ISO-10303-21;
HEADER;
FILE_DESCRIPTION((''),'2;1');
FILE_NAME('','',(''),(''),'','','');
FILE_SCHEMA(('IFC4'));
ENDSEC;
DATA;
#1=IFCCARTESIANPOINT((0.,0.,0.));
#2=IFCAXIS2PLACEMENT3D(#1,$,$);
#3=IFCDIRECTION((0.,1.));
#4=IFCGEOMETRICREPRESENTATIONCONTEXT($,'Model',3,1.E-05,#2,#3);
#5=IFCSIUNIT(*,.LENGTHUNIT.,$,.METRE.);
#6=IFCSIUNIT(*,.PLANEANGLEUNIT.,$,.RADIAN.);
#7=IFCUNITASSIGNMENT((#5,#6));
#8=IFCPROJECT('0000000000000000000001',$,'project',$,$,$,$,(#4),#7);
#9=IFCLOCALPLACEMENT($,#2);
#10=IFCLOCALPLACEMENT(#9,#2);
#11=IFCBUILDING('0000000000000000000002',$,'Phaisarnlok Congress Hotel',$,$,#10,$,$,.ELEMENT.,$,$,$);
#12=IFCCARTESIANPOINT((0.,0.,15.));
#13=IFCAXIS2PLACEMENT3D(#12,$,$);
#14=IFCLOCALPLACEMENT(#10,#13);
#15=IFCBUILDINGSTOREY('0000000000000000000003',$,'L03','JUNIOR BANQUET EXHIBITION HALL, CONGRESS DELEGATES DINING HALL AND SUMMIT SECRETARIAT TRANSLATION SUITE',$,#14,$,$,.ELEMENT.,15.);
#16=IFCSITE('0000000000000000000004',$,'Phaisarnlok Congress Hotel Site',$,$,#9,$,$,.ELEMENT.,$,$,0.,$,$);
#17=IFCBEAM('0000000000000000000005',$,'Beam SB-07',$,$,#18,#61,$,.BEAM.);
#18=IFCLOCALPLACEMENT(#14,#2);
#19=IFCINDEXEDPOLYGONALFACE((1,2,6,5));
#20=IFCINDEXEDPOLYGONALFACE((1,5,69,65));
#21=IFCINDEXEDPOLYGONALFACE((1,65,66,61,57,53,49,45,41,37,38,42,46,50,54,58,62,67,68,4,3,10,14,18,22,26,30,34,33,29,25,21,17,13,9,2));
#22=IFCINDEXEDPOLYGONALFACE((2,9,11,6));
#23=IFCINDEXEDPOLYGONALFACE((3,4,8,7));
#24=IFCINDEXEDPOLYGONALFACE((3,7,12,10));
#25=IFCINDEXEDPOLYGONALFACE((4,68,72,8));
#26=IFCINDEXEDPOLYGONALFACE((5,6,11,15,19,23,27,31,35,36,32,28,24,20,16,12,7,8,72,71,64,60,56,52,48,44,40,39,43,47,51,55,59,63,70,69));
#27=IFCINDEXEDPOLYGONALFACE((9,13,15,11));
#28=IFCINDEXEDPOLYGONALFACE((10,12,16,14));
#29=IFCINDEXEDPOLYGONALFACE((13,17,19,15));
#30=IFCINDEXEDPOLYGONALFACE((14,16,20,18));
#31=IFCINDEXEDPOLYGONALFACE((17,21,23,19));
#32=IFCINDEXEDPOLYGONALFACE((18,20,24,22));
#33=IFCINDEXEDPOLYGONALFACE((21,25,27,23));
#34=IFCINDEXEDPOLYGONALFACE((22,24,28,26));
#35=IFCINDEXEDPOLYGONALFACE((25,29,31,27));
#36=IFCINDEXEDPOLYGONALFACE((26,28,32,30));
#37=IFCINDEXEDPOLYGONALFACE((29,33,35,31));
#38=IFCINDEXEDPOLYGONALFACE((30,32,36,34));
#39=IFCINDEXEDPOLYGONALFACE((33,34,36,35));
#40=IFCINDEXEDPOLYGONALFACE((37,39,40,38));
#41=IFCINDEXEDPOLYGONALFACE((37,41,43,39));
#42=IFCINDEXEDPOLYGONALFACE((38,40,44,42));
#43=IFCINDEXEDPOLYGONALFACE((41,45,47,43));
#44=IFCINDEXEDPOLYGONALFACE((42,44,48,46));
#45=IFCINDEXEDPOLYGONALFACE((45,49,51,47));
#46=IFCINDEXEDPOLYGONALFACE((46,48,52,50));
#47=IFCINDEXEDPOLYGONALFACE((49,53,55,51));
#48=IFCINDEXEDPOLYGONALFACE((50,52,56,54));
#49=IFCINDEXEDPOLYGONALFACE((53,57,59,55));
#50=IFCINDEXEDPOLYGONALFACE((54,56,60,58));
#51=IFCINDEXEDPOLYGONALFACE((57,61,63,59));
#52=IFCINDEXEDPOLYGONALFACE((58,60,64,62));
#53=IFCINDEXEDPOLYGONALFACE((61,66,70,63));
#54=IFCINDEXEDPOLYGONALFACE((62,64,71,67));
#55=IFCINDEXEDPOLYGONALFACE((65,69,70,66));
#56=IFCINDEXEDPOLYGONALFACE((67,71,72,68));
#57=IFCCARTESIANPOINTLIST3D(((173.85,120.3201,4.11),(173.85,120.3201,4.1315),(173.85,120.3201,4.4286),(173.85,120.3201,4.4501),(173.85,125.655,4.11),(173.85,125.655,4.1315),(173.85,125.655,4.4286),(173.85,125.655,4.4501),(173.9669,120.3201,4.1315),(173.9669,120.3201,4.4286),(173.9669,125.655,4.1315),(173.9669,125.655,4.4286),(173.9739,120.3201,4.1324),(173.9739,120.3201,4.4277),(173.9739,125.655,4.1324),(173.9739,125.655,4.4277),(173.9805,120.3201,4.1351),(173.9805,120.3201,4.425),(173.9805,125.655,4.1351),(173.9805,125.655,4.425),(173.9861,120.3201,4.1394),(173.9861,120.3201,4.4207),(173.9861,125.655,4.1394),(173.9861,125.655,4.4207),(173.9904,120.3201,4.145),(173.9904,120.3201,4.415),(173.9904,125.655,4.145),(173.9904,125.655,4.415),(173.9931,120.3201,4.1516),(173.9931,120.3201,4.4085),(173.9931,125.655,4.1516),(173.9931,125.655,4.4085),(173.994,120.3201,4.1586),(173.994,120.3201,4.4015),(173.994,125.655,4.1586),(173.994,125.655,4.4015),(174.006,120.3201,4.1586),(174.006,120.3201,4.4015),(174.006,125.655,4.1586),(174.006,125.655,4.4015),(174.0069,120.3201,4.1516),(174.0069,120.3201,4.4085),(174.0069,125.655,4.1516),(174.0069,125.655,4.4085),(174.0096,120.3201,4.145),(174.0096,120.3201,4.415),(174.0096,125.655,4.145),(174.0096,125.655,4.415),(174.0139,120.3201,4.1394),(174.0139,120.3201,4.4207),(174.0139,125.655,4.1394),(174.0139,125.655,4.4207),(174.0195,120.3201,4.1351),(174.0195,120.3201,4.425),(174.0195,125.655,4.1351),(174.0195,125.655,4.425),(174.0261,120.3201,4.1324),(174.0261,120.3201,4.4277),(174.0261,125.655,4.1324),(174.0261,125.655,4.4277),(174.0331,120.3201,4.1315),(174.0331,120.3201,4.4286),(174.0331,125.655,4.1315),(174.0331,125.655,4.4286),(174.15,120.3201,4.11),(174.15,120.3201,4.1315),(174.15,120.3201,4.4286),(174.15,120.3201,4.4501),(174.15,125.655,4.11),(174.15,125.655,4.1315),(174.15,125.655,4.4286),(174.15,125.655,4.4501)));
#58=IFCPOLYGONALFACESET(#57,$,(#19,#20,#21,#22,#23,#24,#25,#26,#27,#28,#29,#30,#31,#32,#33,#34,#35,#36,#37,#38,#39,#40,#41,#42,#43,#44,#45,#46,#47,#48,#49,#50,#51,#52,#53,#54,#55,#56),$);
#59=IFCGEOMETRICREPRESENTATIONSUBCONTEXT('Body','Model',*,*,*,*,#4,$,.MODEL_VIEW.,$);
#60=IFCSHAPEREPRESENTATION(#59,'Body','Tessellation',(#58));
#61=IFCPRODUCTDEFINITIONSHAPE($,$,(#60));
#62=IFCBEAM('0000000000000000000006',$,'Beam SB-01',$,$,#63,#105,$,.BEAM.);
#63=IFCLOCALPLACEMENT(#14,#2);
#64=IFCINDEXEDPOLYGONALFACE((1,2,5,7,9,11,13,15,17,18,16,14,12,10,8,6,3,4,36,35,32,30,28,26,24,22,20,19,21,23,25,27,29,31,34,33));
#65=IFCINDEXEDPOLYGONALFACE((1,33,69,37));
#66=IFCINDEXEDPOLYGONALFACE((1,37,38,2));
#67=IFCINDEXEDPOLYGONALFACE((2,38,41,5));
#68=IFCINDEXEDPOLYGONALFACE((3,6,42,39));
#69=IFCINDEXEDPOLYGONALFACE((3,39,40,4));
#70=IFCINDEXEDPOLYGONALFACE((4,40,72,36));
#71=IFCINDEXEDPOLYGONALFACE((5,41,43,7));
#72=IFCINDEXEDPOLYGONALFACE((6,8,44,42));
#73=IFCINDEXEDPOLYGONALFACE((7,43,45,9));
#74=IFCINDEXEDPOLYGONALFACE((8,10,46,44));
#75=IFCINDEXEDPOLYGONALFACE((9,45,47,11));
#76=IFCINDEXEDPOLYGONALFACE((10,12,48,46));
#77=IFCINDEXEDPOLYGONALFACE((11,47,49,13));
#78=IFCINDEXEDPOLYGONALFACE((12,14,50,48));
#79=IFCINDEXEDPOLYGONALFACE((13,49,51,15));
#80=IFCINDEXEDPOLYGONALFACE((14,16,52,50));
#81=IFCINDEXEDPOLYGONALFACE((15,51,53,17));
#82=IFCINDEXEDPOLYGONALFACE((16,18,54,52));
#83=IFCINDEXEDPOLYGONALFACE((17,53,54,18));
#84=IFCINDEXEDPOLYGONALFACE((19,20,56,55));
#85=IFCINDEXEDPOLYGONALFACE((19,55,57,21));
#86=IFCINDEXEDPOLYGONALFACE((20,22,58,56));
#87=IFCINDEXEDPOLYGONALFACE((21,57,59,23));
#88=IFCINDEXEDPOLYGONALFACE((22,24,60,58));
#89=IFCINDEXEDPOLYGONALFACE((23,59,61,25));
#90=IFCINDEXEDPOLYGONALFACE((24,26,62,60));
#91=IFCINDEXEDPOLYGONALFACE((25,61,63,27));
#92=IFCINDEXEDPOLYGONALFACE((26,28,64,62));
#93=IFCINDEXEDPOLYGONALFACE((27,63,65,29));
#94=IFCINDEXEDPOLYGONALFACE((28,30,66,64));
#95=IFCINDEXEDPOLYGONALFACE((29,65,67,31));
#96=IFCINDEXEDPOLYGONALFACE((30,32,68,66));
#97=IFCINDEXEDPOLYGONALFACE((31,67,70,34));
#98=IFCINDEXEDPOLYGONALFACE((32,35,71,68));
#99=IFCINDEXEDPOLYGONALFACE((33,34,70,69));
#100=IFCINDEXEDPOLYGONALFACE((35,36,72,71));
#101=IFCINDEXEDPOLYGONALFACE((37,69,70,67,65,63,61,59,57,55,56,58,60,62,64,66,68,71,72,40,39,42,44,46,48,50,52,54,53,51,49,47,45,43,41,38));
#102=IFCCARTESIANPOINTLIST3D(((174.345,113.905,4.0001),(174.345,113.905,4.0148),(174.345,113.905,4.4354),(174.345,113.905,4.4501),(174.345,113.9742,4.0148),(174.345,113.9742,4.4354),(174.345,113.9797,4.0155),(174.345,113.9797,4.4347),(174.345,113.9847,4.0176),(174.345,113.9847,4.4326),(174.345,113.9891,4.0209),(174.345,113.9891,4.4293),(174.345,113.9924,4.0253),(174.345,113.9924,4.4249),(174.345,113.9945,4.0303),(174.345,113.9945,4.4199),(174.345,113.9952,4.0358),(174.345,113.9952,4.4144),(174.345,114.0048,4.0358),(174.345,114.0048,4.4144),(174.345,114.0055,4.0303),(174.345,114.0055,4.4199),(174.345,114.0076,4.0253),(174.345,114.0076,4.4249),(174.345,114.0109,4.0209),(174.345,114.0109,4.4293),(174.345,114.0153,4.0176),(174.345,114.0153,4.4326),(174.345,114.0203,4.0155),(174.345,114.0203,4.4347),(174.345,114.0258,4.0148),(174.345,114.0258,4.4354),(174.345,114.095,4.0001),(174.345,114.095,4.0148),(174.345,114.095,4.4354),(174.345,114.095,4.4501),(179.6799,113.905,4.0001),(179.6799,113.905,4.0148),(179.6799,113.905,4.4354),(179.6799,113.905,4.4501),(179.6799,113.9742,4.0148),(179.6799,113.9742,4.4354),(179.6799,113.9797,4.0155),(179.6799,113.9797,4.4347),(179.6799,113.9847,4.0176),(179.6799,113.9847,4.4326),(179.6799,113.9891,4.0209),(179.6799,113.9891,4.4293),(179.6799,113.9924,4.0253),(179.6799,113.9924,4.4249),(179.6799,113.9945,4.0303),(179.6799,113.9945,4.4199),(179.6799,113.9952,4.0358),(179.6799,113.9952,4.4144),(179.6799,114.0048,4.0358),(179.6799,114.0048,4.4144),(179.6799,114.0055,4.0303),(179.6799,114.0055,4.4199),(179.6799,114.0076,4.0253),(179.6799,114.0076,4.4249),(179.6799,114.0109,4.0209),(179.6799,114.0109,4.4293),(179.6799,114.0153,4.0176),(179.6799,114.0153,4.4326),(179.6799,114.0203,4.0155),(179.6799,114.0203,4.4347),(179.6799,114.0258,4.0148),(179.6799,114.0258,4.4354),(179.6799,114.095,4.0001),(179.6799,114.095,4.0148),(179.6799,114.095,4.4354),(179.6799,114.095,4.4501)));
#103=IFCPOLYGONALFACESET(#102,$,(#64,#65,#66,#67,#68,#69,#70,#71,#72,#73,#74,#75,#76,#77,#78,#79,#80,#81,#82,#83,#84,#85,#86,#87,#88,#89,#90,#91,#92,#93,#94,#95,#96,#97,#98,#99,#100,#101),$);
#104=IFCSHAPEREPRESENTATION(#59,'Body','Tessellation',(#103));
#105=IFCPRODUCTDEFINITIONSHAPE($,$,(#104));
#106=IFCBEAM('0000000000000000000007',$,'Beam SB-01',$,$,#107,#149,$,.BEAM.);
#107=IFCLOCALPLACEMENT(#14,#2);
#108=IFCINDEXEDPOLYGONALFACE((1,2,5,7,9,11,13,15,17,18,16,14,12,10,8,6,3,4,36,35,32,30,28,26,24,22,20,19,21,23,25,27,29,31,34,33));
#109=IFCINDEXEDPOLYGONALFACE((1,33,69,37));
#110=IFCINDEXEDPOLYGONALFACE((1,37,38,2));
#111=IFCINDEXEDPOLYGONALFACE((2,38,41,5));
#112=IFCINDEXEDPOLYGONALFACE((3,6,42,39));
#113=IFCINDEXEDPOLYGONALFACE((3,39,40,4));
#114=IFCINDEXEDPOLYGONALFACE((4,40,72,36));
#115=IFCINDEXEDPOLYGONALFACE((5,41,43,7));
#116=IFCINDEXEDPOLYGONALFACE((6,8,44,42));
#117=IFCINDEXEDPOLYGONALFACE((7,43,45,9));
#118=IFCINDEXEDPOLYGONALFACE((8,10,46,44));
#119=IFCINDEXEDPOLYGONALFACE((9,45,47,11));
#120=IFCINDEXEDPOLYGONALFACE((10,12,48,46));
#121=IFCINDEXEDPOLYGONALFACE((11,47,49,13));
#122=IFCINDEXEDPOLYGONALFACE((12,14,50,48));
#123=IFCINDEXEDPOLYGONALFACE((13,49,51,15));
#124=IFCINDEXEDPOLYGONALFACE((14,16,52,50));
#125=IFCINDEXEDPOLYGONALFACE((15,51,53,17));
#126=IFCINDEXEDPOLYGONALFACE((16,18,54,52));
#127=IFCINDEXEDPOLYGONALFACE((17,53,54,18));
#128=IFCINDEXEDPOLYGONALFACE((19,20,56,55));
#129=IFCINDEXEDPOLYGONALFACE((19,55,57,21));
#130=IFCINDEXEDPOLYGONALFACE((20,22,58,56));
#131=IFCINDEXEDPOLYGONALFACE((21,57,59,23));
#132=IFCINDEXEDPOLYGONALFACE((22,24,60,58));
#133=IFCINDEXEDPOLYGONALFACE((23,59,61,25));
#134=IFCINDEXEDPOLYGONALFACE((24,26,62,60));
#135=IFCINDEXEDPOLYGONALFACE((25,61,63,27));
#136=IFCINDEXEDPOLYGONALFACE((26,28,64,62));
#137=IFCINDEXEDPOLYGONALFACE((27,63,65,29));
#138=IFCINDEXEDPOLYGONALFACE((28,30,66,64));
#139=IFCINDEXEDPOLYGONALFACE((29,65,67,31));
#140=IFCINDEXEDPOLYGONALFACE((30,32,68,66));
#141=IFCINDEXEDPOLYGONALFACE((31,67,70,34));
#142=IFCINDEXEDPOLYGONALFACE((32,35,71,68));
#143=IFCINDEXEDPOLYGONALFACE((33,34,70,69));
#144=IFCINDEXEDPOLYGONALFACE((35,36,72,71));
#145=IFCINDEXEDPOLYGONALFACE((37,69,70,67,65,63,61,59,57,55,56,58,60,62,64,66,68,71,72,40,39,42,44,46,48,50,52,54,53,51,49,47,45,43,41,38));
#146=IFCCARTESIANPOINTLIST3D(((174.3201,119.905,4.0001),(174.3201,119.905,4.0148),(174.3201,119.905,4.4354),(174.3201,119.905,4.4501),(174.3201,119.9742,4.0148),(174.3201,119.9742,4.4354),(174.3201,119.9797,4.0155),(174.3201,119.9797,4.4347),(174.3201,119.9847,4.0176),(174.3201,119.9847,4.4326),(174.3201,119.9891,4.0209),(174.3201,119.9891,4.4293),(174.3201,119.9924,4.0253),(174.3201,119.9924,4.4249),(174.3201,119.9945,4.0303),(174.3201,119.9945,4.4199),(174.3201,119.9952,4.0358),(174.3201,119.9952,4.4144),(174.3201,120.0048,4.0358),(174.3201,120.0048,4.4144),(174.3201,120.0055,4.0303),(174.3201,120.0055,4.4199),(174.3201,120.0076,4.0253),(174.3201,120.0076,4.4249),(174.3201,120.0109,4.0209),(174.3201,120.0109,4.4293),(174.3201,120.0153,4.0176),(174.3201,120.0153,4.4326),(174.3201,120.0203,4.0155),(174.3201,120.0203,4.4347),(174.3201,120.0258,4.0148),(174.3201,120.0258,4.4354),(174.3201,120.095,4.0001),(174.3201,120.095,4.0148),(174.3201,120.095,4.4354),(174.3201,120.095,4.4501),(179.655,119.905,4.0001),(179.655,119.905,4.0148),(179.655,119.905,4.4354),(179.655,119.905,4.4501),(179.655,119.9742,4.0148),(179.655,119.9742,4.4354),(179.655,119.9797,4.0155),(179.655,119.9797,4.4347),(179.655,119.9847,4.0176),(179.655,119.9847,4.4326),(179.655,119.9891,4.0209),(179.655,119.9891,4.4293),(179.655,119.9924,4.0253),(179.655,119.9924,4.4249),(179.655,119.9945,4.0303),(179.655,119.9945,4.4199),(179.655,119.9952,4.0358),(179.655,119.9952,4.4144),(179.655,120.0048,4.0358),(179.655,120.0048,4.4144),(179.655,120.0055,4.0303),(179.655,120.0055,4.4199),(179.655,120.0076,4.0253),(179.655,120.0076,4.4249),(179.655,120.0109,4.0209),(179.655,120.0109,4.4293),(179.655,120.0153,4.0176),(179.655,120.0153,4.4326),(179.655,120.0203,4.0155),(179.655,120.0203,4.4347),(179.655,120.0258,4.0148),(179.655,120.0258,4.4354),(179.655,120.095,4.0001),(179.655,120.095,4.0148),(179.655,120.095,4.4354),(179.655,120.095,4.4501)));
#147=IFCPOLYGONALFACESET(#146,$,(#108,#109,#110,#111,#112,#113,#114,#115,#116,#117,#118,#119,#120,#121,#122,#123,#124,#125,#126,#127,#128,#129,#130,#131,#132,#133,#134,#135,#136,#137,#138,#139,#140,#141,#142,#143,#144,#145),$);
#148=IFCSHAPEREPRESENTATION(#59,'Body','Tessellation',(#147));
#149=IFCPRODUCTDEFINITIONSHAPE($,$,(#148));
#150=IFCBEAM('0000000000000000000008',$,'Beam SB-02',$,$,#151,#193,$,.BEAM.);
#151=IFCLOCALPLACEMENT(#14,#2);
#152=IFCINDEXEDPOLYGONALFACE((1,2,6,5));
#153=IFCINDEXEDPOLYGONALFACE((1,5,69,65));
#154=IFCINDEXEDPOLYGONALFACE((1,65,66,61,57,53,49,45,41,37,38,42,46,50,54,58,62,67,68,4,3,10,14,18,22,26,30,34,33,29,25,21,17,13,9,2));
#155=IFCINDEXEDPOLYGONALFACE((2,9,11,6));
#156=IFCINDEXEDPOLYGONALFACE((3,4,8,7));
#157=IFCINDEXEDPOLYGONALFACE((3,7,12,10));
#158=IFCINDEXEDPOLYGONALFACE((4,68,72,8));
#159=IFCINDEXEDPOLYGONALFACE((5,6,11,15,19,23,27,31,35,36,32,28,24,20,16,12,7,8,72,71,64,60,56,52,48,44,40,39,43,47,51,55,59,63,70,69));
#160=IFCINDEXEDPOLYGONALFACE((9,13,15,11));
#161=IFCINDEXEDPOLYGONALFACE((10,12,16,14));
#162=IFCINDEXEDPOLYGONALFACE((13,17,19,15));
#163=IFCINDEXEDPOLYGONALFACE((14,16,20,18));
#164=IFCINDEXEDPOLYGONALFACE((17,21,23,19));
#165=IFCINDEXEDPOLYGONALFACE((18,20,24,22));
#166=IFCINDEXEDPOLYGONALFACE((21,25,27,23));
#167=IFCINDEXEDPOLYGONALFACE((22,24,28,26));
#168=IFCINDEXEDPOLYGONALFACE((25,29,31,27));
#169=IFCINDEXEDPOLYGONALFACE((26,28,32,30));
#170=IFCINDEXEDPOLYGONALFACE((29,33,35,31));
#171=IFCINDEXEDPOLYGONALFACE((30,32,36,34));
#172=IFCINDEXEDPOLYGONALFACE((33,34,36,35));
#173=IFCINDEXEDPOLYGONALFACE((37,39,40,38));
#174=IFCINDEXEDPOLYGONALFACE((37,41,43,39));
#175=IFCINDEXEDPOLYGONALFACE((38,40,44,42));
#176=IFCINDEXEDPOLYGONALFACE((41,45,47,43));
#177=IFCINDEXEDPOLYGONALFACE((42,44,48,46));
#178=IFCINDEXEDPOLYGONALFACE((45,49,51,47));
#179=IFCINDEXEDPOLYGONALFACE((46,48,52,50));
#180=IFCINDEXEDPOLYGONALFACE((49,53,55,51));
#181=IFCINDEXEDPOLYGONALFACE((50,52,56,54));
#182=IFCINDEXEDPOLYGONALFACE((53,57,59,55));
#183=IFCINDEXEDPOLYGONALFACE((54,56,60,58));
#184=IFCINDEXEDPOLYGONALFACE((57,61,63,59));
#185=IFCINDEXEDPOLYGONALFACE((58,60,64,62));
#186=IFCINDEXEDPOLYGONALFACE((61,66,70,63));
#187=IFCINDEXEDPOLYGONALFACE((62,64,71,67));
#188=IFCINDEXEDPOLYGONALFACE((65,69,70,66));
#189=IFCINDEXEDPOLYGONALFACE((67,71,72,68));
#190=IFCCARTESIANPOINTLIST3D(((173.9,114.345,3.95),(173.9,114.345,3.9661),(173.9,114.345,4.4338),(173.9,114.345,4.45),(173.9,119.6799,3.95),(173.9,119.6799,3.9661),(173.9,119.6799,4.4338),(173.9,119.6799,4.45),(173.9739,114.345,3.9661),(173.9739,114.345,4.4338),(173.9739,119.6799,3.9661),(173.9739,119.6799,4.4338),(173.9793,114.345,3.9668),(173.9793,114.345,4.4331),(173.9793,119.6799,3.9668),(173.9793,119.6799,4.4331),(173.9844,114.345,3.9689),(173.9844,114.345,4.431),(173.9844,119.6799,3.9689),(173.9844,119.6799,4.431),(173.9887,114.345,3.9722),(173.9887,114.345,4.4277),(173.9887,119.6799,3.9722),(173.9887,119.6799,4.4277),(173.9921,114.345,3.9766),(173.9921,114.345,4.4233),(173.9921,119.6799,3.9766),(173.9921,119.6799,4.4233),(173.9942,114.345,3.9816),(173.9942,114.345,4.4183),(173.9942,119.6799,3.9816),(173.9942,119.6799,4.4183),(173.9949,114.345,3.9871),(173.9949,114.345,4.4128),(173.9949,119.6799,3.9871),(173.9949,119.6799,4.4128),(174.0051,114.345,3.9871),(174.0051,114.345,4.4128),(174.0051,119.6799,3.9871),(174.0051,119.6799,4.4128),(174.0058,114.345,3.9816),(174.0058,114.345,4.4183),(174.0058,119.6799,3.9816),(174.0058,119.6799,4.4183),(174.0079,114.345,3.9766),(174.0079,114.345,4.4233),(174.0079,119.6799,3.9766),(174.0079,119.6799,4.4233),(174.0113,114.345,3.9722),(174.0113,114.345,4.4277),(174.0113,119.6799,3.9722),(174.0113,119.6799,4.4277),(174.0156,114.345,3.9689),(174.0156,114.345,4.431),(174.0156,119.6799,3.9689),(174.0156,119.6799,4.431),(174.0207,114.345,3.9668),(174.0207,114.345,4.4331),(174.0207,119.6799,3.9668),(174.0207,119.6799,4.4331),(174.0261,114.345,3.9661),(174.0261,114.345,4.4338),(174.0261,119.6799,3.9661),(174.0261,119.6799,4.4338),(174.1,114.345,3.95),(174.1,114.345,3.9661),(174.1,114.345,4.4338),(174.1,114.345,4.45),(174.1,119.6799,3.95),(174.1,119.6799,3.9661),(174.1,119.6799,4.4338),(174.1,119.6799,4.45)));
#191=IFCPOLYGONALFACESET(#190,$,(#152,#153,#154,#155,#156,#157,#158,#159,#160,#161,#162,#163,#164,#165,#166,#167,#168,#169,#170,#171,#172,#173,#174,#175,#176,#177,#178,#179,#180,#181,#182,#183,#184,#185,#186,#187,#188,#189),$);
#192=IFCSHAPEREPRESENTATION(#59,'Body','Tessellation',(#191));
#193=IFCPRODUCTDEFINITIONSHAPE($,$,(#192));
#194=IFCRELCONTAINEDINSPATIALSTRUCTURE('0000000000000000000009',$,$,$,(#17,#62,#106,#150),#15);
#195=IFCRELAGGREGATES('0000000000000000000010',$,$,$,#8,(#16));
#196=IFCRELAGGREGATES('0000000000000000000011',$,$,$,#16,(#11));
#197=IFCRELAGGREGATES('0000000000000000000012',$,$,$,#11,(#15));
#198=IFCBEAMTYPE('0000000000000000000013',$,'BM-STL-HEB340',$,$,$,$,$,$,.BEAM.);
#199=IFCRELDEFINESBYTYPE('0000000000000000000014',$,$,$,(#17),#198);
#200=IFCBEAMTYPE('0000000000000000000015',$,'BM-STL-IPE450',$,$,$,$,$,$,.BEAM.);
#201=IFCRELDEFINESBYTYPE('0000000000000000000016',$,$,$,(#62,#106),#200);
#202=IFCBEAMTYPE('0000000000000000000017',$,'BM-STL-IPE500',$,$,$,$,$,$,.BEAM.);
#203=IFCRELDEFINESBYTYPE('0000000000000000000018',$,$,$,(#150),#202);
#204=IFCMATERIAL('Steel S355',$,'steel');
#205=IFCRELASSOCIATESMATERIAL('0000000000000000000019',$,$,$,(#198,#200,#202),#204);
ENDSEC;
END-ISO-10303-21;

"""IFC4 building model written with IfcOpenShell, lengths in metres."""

from ifc_helpers import new_model, si_unit, direction, frame, origin, origin_2d, place, context, subcontext, project, spatial, i_section, extrude, material, material_profile, profile_set, type_object, element, save


model = new_model("IFC4")

# Units and contexts
model_context = context("Model", 3, precision=1e-05, world=origin(), true_north=direction((0.0, 1.0)))
body_context = subcontext(model_context, "Body", "Model", "MODEL_VIEW")
ifc_project = project(units=[si_unit("LENGTHUNIT", "METRE"), si_unit("PLANEANGLEUNIT", "RADIAN")], contexts=[model_context])

# Site, building, storey
site_placement = place(None, origin())
site = spatial("IfcSite", under=ifc_project, at=site_placement, Name="Phaisarnlok Congress Hotel Site", CompositionType="ELEMENT", RefElevation=0.0)
building_placement = place(site_placement, origin())
building = spatial("IfcBuilding", under=site, at=building_placement, Name="Phaisarnlok Congress Hotel", CompositionType="ELEMENT")
storey_placement = place(building_placement, frame((0.0, 0.0, 15.0)))
storey = spatial("IfcBuildingStorey", under=building, at=storey_placement, Name="L03", Description="JUNIOR BANQUET EXHIBITION HALL, CONGRESS DELEGATES DINING HALL AND SUMMIT SECRETARIAT TRANSLATION SUITE", CompositionType="ELEMENT", Elevation=15.0)

# Beams
ifc_material_1 = material(Name="Steel S355", Category="steel")
ifc_material_profile_1 = material_profile(ifc_material_1, i_section(OverallWidth=0.3, OverallDepth=0.3401, WebThickness=0.012, FlangeThickness=0.0215, FilletRadius=0.0271, at=origin_2d()), Name="HEB 340")
ifc_profile_set_1 = profile_set([ifc_material_profile_1], Name="Steel S355")
beam_type_1 = type_object("IfcBeamType", Name="BM-STL-HEB340", PredefinedType="BEAM", material=ifc_profile_set_1)
for number, where, z_axis, x_axis, name in (
    (1, (174.0, 120.3201, 4.28), (0.0, 1.0, 0.0), (-1.0, 0.0, 0.0), "Beam SB-07"),
):
    element("IfcBeam", number, at=place(storey_placement, frame(where, z_axis=z_axis, x_axis=x_axis)), inside=storey, type_object=beam_type_1, Name=name, PredefinedType="BEAM", context=body_context, shape_type="SweptSolid", body=[
        extrude(i_section(OverallWidth=0.3, OverallDepth=0.3401, WebThickness=0.012, FlangeThickness=0.0215, FilletRadius=0.0271, at=origin_2d()), origin(), (0.0, 0.0, 1.0), 5.335),
    ])
ifc_material_profile_2 = material_profile(ifc_material_1, i_section(OverallWidth=0.1899, OverallDepth=0.45, WebThickness=0.0095, FlangeThickness=0.0146, FilletRadius=0.021, at=origin_2d()), Name="IPE 450")
ifc_profile_set_2 = profile_set([ifc_material_profile_2], Name="Steel S355")
beam_type_2 = type_object("IfcBeamType", Name="BM-STL-IPE450", PredefinedType="BEAM", material=ifc_profile_set_2)
for number, where, z_axis, x_axis, name in (
    (2, (174.345, 114.0, 4.2251), (1.0, 0.0, 0.0), (0.0, 1.0, 0.0), "Beam SB-01"),
    (3, (174.3201, 120.0, 4.2251), (1.0, 0.0, 0.0), (0.0, 1.0, 0.0), "Beam SB-01"),
):
    element("IfcBeam", number, at=place(storey_placement, frame(where, z_axis=z_axis, x_axis=x_axis)), inside=storey, type_object=beam_type_2, Name=name, PredefinedType="BEAM", context=body_context, shape_type="SweptSolid", body=[
        extrude(i_section(OverallWidth=0.1899, OverallDepth=0.45, WebThickness=0.0095, FlangeThickness=0.0146, FilletRadius=0.021, at=origin_2d()), origin(), (0.0, 0.0, 1.0), 5.335),
    ])
ifc_material_profile_3 = material_profile(ifc_material_1, i_section(OverallWidth=0.2, OverallDepth=0.5, WebThickness=0.0103, FlangeThickness=0.0161, FilletRadius=0.021, at=origin_2d()), Name="IPE 500")
ifc_profile_set_3 = profile_set([ifc_material_profile_3], Name="Steel S355")
beam_type_3 = type_object("IfcBeamType", Name="BM-STL-IPE500", PredefinedType="BEAM", material=ifc_profile_set_3)
beam_1_placement = place(storey_placement, frame((174.0, 114.345, 4.2), z_axis=(0.0, 1.0, 0.0), x_axis=(-1.0, 0.0, 0.0)))
element("IfcBeam", 4, at=beam_1_placement, inside=storey, type_object=beam_type_3, Name="Beam SB-02", PredefinedType="BEAM", context=body_context, shape_type="SweptSolid", body=[
    extrude(i_section(OverallWidth=0.2, OverallDepth=0.5, WebThickness=0.0103, FlangeThickness=0.0161, FilletRadius=0.021, at=origin_2d()), origin(), (0.0, 0.0, 1.0), 5.335),
])

save(model, "model.ifc")
